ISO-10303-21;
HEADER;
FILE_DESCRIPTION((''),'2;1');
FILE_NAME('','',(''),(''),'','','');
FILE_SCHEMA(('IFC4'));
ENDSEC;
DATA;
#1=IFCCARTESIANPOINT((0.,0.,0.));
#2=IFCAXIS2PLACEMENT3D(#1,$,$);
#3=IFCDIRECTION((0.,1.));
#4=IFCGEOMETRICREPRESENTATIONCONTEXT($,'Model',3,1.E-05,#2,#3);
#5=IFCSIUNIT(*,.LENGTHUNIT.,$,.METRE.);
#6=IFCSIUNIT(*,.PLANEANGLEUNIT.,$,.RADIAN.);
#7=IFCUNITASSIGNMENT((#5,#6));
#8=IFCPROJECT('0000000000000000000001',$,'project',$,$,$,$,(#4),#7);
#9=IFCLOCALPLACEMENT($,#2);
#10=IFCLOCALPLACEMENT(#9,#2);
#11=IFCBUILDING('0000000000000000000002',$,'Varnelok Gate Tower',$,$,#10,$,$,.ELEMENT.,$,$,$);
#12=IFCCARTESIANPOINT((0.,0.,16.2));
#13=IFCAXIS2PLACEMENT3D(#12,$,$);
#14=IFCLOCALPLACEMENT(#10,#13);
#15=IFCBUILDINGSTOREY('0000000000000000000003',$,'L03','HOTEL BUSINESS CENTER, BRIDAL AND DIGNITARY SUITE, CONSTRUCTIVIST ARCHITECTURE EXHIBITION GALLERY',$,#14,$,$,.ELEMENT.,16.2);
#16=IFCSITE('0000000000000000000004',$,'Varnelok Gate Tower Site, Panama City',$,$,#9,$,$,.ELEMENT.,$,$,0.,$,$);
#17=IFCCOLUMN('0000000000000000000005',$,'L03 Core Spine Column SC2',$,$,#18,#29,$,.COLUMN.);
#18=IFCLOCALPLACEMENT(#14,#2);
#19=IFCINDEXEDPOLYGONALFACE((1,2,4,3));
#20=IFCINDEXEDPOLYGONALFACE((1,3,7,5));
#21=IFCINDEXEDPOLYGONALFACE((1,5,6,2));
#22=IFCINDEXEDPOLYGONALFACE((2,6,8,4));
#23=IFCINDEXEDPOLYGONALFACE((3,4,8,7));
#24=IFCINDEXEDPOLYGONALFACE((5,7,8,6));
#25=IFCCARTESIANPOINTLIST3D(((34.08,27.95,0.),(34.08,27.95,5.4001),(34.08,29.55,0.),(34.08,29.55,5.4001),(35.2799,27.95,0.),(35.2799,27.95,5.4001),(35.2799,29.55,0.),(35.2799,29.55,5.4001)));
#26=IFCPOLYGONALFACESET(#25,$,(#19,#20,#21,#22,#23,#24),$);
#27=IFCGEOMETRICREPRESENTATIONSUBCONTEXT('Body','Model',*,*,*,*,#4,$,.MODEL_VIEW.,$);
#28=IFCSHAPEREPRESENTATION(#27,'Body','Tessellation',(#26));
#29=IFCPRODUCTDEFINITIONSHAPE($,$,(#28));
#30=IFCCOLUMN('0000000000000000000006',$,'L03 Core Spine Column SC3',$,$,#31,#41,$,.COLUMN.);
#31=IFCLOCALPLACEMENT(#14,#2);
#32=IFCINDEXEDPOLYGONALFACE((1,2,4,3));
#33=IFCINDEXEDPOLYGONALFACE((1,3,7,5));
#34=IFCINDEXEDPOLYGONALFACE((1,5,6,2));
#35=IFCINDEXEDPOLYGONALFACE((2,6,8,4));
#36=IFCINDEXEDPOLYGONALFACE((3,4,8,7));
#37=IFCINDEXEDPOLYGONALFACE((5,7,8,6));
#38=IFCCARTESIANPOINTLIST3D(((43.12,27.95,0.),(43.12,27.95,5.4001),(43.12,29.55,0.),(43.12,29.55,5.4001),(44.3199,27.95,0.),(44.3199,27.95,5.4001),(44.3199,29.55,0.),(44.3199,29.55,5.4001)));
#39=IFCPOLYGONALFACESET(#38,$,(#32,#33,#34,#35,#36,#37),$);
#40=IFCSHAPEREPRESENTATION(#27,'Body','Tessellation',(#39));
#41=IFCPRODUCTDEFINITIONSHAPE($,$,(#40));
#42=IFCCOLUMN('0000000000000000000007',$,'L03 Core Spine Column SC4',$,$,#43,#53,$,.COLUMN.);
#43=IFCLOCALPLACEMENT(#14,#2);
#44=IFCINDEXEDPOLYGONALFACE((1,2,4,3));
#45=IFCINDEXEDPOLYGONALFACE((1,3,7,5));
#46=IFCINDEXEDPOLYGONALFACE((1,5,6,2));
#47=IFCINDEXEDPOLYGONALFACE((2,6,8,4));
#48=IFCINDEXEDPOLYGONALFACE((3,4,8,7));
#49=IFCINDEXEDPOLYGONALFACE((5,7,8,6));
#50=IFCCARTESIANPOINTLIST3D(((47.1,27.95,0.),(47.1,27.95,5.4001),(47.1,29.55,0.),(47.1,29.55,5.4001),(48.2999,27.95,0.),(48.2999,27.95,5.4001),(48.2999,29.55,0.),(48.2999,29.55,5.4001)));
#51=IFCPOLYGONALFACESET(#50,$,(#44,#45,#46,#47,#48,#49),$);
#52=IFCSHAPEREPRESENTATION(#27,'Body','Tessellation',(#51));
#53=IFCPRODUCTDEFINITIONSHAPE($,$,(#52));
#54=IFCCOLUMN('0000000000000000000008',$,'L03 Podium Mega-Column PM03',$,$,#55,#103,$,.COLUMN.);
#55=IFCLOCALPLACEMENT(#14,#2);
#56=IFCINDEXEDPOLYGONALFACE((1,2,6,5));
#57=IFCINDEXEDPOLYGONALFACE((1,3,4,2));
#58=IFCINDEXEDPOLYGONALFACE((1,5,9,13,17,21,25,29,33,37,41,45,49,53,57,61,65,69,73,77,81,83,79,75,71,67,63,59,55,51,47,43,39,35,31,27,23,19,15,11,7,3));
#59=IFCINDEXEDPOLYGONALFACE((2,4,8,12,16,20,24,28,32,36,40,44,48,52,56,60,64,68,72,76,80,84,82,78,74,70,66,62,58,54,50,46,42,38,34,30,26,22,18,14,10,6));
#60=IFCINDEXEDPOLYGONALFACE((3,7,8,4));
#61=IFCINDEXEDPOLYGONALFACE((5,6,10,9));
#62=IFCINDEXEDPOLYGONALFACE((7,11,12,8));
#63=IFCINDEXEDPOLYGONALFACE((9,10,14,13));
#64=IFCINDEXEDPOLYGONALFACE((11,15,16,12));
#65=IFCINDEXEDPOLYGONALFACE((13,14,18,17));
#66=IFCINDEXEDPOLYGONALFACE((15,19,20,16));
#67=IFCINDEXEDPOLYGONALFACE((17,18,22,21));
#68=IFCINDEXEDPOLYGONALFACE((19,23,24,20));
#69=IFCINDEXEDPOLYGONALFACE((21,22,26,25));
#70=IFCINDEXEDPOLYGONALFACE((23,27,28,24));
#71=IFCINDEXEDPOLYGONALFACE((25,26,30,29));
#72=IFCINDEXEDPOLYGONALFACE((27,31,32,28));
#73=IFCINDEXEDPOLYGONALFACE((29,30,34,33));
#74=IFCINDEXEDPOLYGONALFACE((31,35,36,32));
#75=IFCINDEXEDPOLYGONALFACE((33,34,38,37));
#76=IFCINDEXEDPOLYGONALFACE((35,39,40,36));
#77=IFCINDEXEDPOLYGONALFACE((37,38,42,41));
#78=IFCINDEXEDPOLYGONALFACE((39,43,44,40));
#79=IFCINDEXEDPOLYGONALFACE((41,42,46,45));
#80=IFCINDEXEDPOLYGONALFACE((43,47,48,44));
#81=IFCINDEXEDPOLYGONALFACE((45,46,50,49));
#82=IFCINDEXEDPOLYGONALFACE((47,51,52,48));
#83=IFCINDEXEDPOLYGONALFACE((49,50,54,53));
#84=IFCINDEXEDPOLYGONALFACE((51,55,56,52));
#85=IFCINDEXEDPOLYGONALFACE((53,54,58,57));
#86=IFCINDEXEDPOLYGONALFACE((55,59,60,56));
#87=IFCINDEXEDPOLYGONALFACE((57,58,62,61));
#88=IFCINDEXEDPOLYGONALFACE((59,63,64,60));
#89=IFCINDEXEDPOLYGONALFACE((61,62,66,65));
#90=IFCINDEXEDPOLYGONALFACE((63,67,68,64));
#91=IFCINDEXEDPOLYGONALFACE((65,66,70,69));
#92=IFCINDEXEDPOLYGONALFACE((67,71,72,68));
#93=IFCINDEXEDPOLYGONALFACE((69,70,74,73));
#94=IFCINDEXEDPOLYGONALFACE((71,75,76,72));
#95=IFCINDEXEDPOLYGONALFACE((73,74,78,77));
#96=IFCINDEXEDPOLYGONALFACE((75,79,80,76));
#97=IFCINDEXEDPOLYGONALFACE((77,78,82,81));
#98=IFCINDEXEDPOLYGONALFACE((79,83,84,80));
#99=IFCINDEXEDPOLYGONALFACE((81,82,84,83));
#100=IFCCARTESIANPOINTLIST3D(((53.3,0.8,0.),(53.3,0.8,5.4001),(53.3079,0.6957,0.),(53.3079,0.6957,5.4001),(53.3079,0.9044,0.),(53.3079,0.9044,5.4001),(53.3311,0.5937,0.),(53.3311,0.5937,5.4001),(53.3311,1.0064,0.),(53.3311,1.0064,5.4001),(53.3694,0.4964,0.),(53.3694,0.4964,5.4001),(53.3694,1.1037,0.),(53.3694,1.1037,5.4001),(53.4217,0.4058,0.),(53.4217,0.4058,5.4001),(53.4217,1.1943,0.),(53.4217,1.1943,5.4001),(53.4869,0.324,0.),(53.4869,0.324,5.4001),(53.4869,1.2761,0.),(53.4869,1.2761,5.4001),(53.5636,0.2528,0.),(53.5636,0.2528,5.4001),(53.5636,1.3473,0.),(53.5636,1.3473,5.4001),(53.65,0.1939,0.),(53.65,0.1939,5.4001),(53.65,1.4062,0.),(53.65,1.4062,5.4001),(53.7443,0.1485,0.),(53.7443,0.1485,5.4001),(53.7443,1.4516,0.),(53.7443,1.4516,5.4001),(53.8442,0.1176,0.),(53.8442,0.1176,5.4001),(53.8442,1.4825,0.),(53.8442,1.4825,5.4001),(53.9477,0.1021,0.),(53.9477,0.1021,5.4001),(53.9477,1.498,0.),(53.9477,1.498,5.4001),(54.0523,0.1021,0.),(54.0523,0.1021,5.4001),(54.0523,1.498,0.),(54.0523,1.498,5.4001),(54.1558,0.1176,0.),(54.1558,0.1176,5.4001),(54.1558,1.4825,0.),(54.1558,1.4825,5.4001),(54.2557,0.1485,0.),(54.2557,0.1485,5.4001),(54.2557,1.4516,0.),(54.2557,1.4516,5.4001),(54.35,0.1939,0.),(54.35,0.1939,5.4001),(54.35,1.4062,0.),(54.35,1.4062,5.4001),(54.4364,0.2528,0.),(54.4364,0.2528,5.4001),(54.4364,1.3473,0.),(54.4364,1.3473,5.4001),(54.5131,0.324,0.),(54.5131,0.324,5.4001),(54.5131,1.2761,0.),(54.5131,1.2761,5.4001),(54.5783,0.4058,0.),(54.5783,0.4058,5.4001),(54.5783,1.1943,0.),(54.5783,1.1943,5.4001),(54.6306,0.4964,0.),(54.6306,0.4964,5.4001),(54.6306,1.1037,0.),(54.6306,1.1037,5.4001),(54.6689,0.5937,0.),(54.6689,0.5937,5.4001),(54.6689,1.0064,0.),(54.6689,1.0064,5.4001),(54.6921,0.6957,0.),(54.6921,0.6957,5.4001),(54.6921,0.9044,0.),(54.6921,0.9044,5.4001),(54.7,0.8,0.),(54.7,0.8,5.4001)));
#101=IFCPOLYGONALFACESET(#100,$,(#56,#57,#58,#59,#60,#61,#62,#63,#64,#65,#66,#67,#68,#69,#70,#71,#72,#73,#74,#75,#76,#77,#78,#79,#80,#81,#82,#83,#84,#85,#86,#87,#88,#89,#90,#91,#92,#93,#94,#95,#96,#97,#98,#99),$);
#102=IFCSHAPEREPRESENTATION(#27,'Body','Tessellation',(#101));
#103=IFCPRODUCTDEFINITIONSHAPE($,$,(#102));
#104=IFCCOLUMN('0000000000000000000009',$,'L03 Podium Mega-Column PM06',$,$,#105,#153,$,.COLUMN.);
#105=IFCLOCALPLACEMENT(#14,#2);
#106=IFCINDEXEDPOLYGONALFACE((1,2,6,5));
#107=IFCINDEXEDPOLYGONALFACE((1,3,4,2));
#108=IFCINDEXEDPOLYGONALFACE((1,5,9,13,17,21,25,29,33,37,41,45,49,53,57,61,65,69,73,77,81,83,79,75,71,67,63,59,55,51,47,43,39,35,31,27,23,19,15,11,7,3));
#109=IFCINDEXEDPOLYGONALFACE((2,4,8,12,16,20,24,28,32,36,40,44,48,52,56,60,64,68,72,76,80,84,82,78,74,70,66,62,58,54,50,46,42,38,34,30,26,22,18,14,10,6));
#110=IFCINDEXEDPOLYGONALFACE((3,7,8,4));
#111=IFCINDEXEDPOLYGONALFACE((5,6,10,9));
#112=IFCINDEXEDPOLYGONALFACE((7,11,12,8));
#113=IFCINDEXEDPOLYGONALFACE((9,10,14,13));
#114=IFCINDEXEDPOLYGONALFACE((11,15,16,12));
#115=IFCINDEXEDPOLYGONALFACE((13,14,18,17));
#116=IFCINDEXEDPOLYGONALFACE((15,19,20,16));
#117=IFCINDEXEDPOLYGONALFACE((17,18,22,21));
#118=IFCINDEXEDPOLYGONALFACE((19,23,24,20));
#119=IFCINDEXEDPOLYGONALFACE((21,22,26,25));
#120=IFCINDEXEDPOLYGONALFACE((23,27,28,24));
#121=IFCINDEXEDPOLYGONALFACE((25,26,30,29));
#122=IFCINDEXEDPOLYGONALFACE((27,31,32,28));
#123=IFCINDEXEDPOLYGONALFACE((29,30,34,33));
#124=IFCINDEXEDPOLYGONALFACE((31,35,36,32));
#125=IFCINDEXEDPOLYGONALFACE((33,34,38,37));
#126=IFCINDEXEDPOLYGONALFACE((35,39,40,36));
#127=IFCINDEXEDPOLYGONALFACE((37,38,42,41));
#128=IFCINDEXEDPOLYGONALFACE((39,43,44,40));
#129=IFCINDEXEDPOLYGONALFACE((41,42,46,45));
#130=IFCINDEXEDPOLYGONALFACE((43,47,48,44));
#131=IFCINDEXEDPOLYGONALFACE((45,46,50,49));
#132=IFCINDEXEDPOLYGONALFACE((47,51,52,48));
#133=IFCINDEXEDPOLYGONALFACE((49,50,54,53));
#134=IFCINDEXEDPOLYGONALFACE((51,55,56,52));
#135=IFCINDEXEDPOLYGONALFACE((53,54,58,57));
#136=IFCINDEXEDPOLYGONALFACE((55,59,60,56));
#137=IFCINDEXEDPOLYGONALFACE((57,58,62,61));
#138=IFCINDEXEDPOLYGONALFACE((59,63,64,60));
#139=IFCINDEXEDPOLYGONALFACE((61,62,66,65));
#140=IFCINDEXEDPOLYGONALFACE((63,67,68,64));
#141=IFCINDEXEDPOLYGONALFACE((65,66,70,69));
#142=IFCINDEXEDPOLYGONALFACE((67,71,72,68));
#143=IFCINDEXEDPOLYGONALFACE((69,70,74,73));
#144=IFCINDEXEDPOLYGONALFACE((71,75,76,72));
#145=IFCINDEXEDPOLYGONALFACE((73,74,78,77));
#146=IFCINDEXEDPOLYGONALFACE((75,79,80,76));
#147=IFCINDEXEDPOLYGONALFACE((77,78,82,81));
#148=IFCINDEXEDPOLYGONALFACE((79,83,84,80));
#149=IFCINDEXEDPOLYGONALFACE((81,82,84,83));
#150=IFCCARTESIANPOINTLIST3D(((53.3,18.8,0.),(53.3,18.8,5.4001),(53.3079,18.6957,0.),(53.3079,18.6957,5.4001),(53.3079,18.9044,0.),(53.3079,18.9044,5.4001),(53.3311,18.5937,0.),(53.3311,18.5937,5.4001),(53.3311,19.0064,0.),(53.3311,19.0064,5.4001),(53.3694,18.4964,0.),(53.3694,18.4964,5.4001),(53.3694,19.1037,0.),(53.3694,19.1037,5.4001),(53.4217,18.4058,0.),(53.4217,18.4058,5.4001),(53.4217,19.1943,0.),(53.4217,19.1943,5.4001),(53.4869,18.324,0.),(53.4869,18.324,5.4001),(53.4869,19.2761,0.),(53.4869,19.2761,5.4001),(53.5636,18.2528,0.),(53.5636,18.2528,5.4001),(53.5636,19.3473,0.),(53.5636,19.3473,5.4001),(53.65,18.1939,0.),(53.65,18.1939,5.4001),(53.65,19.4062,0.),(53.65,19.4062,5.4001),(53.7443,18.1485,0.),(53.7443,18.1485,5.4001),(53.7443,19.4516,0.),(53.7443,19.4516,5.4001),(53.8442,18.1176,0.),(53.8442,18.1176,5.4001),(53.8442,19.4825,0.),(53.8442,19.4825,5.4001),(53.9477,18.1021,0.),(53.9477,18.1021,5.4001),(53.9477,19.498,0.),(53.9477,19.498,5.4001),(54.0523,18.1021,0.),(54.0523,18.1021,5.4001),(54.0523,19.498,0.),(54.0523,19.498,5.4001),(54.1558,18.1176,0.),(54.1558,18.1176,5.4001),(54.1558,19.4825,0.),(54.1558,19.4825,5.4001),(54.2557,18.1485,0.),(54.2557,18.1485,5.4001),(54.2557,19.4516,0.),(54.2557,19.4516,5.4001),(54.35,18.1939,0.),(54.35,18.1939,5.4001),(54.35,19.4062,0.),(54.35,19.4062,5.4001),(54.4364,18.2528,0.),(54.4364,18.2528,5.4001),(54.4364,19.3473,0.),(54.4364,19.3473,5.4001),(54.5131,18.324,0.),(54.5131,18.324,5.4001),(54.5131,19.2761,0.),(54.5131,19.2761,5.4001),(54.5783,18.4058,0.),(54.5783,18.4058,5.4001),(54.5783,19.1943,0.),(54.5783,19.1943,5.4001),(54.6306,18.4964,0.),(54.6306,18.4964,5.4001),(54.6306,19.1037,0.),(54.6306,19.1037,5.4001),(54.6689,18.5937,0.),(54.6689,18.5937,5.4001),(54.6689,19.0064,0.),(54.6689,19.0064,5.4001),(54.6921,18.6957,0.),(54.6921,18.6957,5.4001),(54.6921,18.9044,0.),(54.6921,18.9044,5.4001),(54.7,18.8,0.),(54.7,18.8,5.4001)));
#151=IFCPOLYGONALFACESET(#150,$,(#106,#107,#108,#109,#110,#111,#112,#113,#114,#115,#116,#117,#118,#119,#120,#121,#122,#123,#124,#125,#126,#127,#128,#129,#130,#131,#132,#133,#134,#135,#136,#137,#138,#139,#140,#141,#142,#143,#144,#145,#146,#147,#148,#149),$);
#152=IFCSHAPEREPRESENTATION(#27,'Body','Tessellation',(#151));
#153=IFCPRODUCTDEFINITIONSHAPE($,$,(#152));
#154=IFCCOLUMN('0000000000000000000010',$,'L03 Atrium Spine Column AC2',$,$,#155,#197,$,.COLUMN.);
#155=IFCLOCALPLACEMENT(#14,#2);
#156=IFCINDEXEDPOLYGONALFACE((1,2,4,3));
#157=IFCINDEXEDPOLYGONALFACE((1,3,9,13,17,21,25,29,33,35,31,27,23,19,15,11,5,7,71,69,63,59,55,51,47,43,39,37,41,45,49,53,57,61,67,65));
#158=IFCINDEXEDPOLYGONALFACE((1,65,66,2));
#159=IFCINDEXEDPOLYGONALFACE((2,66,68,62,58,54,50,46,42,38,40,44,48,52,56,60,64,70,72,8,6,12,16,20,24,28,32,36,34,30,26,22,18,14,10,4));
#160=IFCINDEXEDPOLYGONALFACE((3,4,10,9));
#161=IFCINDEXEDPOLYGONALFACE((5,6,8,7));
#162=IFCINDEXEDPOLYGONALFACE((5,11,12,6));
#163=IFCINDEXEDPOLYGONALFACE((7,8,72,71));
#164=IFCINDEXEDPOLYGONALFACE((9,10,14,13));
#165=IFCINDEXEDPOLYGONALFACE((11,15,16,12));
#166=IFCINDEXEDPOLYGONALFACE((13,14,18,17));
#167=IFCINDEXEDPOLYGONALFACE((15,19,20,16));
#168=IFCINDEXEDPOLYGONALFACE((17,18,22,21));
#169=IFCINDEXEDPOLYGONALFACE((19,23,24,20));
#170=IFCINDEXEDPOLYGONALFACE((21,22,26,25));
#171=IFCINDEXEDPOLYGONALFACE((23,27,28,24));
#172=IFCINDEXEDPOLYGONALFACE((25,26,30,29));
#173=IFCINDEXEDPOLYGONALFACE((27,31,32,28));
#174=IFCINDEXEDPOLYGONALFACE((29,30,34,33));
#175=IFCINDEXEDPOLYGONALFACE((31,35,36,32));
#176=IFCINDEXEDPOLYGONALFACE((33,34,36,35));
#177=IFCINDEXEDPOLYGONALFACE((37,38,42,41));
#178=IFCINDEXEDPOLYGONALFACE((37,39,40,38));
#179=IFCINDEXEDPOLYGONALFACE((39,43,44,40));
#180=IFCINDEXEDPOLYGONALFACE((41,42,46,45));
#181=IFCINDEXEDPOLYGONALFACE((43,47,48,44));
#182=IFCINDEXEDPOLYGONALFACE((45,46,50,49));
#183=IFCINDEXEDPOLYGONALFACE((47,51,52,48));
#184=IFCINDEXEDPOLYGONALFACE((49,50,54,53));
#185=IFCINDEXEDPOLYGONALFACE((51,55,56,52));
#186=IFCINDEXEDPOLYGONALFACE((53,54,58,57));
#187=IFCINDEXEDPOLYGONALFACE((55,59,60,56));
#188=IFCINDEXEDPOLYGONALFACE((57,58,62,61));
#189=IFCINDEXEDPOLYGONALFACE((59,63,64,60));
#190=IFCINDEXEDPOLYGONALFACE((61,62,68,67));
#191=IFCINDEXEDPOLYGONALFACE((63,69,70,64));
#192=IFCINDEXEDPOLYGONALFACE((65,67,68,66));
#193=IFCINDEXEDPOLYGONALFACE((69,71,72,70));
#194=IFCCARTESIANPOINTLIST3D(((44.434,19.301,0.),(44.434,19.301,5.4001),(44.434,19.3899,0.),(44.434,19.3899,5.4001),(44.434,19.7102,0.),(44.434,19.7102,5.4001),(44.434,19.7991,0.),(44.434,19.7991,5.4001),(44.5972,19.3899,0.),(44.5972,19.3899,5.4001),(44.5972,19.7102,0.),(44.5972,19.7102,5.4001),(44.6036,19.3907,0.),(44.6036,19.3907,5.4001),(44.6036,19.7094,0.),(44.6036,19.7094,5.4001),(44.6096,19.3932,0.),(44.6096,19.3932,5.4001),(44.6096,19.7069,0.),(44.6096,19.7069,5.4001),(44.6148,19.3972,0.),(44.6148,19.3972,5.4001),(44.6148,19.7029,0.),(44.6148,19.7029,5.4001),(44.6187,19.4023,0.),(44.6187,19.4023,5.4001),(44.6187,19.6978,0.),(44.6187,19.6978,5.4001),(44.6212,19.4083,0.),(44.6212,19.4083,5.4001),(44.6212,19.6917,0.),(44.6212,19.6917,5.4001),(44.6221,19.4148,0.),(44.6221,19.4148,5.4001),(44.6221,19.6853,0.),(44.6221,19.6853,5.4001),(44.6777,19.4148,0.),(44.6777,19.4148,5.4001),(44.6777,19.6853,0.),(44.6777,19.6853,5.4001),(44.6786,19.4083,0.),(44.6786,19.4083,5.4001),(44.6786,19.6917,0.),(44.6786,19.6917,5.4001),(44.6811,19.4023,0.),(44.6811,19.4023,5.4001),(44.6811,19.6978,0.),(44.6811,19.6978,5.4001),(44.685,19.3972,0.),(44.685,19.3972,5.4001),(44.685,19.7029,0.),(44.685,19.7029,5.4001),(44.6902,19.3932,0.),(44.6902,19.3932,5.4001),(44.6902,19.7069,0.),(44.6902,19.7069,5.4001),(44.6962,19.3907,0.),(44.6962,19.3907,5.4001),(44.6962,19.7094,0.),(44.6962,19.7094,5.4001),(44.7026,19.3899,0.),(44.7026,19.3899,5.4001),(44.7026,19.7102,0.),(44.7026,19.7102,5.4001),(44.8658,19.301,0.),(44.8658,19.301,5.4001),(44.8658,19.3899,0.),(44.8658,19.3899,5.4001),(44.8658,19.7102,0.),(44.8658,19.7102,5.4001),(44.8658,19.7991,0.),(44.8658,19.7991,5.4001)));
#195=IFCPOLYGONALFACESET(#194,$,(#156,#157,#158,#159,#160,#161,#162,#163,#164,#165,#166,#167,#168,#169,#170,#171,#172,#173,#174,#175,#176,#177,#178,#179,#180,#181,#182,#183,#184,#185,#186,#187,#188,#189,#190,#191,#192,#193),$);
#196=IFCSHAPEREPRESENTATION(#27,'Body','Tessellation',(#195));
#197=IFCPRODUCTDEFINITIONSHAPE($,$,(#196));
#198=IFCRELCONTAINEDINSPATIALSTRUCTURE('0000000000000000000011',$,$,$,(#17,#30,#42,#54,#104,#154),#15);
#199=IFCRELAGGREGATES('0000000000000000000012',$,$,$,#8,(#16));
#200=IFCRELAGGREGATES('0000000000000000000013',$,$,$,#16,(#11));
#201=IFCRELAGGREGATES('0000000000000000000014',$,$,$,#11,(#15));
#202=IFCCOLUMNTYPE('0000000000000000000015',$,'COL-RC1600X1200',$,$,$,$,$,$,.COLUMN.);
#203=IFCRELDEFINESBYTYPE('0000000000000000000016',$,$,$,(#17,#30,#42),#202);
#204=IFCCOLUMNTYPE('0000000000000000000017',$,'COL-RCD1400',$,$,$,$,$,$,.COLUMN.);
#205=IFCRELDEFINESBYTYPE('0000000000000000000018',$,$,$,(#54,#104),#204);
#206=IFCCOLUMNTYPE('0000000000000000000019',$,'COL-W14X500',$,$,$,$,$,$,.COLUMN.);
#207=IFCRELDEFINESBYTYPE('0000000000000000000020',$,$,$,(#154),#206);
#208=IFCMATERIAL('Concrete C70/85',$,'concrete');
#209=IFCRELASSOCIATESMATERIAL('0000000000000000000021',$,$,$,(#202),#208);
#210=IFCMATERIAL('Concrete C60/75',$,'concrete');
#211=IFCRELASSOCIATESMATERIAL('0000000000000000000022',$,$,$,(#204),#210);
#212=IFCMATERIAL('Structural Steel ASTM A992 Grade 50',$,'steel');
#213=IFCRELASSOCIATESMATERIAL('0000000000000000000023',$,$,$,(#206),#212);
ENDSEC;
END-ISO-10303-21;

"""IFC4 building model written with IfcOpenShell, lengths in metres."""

from ifc_helpers import new_model, si_unit, direction, frame, origin, origin_2d, place, context, subcontext, project, spatial, rectangle, circle, i_section, extrude, material, material_profile, profile_set, type_object, element, save


model = new_model("IFC4")

# Units and contexts
model_context = context("Model", 3, precision=1e-05, world=origin(), true_north=direction((0.0, 1.0)))
body_context = subcontext(model_context, "Body", "Model", "MODEL_VIEW")
ifc_project = project(units=[si_unit("LENGTHUNIT", "METRE"), si_unit("PLANEANGLEUNIT", "RADIAN")], contexts=[model_context])

# Site, building, storey
site_placement = place(None, origin())
site = spatial("IfcSite", under=ifc_project, at=site_placement, Name="Varnelok Gate Tower Site, Panama City", CompositionType="ELEMENT", RefElevation=0.0)
building_placement = place(site_placement, origin())
building = spatial("IfcBuilding", under=site, at=building_placement, Name="Varnelok Gate Tower", CompositionType="ELEMENT")
storey_placement = place(building_placement, frame((0.0, 0.0, 16.2)))
storey = spatial("IfcBuildingStorey", under=building, at=storey_placement, Name="L03", Description="HOTEL BUSINESS CENTER, BRIDAL AND DIGNITARY SUITE, CONSTRUCTIVIST ARCHITECTURE EXHIBITION GALLERY", CompositionType="ELEMENT", Elevation=16.2)

# Columns
ifc_material_1 = material(Name="Concrete C70/85", Category="concrete")
ifc_material_profile_1 = material_profile(ifc_material_1, rectangle(XDim=1.2, YDim=1.6001, at=origin_2d()), Name="RC1600X1200")
ifc_profile_set_1 = profile_set([ifc_material_profile_1], Name="Concrete C70/85")
column_type_1 = type_object("IfcColumnType", Name="COL-RC1600X1200", PredefinedType="COLUMN", material=ifc_profile_set_1)
for number, where, z_axis, x_axis, name in (
    (1, (34.6799, 28.75, 0.0), (0.0, 0.0, 1.0), (1.0, 0.0, 0.0), "L03 Core Spine Column SC2"),
    (2, (43.72, 28.75, 0.0), (0.0, 0.0, 1.0), (1.0, 0.0, 0.0), "L03 Core Spine Column SC3"),
    (3, (47.7, 28.75, 0.0), (0.0, 0.0, 1.0), (1.0, 0.0, 0.0), "L03 Core Spine Column SC4"),
):
    element("IfcColumn", number, at=place(storey_placement, frame(where, z_axis=z_axis, x_axis=x_axis)), inside=storey, type_object=column_type_1, Name=name, PredefinedType="COLUMN", context=body_context, shape_type="SweptSolid", body=[
        extrude(rectangle(XDim=1.2, YDim=1.6001, at=origin_2d()), origin(), (0.0, 0.0, 1.0), 5.4001),
    ])
ifc_material_2 = material(Name="Concrete C60/75", Category="concrete")
ifc_material_profile_2 = material_profile(ifc_material_2, circle(Radius=0.7, at=origin_2d()), Name="RCD1400")
ifc_profile_set_2 = profile_set([ifc_material_profile_2], Name="Concrete C60/75")
column_type_2 = type_object("IfcColumnType", Name="COL-RCD1400", PredefinedType="COLUMN", material=ifc_profile_set_2)
for number, where, z_axis, x_axis, name in (
    (4, (54.0, 0.8, 0.0), (0.0, 0.0, 1.0), (1.0, 0.0, 0.0), "L03 Podium Mega-Column PM03"),
    (5, (54.0, 18.8, 0.0), (0.0, 0.0, 1.0), (1.0, 0.0, 0.0), "L03 Podium Mega-Column PM06"),
):
    element("IfcColumn", number, at=place(storey_placement, frame(where, z_axis=z_axis, x_axis=x_axis)), inside=storey, type_object=column_type_2, Name=name, PredefinedType="COLUMN", context=body_context, shape_type="SweptSolid", body=[
        extrude(circle(Radius=0.7, at=origin_2d()), origin(), (0.0, 0.0, 1.0), 5.4001),
    ])
ifc_material_3 = material(Name="Structural Steel ASTM A992 Grade 50", Category="steel")
ifc_material_profile_3 = material_profile(ifc_material_3, i_section(OverallWidth=0.4319, OverallDepth=0.498, WebThickness=0.0557, FlangeThickness=0.0889, FilletRadius=0.0249, at=origin_2d()), Name="W14X500")
ifc_profile_set_3 = profile_set([ifc_material_profile_3], Name="Structural Steel ASTM A992 Grade 50")
column_type_3 = type_object("IfcColumnType", Name="COL-W14X500", PredefinedType="COLUMN", material=ifc_profile_set_3)
for number, where, z_axis, x_axis, name in (
    (6, (44.6499, 19.55, 0.0), (0.0, 0.0, 1.0), (1.0, 0.0, 0.0), "L03 Atrium Spine Column AC2"),
):
    element("IfcColumn", number, at=place(storey_placement, frame(where, z_axis=z_axis, x_axis=x_axis)), inside=storey, type_object=column_type_3, Name=name, PredefinedType="COLUMN", context=body_context, shape_type="SweptSolid", body=[
        extrude(i_section(OverallWidth=0.4319, OverallDepth=0.498, WebThickness=0.0557, FlangeThickness=0.0889, FilletRadius=0.0249, at=origin_2d()), origin(), (0.0, 0.0, 1.0), 5.4001),
    ])

save(model, "model.ifc")
